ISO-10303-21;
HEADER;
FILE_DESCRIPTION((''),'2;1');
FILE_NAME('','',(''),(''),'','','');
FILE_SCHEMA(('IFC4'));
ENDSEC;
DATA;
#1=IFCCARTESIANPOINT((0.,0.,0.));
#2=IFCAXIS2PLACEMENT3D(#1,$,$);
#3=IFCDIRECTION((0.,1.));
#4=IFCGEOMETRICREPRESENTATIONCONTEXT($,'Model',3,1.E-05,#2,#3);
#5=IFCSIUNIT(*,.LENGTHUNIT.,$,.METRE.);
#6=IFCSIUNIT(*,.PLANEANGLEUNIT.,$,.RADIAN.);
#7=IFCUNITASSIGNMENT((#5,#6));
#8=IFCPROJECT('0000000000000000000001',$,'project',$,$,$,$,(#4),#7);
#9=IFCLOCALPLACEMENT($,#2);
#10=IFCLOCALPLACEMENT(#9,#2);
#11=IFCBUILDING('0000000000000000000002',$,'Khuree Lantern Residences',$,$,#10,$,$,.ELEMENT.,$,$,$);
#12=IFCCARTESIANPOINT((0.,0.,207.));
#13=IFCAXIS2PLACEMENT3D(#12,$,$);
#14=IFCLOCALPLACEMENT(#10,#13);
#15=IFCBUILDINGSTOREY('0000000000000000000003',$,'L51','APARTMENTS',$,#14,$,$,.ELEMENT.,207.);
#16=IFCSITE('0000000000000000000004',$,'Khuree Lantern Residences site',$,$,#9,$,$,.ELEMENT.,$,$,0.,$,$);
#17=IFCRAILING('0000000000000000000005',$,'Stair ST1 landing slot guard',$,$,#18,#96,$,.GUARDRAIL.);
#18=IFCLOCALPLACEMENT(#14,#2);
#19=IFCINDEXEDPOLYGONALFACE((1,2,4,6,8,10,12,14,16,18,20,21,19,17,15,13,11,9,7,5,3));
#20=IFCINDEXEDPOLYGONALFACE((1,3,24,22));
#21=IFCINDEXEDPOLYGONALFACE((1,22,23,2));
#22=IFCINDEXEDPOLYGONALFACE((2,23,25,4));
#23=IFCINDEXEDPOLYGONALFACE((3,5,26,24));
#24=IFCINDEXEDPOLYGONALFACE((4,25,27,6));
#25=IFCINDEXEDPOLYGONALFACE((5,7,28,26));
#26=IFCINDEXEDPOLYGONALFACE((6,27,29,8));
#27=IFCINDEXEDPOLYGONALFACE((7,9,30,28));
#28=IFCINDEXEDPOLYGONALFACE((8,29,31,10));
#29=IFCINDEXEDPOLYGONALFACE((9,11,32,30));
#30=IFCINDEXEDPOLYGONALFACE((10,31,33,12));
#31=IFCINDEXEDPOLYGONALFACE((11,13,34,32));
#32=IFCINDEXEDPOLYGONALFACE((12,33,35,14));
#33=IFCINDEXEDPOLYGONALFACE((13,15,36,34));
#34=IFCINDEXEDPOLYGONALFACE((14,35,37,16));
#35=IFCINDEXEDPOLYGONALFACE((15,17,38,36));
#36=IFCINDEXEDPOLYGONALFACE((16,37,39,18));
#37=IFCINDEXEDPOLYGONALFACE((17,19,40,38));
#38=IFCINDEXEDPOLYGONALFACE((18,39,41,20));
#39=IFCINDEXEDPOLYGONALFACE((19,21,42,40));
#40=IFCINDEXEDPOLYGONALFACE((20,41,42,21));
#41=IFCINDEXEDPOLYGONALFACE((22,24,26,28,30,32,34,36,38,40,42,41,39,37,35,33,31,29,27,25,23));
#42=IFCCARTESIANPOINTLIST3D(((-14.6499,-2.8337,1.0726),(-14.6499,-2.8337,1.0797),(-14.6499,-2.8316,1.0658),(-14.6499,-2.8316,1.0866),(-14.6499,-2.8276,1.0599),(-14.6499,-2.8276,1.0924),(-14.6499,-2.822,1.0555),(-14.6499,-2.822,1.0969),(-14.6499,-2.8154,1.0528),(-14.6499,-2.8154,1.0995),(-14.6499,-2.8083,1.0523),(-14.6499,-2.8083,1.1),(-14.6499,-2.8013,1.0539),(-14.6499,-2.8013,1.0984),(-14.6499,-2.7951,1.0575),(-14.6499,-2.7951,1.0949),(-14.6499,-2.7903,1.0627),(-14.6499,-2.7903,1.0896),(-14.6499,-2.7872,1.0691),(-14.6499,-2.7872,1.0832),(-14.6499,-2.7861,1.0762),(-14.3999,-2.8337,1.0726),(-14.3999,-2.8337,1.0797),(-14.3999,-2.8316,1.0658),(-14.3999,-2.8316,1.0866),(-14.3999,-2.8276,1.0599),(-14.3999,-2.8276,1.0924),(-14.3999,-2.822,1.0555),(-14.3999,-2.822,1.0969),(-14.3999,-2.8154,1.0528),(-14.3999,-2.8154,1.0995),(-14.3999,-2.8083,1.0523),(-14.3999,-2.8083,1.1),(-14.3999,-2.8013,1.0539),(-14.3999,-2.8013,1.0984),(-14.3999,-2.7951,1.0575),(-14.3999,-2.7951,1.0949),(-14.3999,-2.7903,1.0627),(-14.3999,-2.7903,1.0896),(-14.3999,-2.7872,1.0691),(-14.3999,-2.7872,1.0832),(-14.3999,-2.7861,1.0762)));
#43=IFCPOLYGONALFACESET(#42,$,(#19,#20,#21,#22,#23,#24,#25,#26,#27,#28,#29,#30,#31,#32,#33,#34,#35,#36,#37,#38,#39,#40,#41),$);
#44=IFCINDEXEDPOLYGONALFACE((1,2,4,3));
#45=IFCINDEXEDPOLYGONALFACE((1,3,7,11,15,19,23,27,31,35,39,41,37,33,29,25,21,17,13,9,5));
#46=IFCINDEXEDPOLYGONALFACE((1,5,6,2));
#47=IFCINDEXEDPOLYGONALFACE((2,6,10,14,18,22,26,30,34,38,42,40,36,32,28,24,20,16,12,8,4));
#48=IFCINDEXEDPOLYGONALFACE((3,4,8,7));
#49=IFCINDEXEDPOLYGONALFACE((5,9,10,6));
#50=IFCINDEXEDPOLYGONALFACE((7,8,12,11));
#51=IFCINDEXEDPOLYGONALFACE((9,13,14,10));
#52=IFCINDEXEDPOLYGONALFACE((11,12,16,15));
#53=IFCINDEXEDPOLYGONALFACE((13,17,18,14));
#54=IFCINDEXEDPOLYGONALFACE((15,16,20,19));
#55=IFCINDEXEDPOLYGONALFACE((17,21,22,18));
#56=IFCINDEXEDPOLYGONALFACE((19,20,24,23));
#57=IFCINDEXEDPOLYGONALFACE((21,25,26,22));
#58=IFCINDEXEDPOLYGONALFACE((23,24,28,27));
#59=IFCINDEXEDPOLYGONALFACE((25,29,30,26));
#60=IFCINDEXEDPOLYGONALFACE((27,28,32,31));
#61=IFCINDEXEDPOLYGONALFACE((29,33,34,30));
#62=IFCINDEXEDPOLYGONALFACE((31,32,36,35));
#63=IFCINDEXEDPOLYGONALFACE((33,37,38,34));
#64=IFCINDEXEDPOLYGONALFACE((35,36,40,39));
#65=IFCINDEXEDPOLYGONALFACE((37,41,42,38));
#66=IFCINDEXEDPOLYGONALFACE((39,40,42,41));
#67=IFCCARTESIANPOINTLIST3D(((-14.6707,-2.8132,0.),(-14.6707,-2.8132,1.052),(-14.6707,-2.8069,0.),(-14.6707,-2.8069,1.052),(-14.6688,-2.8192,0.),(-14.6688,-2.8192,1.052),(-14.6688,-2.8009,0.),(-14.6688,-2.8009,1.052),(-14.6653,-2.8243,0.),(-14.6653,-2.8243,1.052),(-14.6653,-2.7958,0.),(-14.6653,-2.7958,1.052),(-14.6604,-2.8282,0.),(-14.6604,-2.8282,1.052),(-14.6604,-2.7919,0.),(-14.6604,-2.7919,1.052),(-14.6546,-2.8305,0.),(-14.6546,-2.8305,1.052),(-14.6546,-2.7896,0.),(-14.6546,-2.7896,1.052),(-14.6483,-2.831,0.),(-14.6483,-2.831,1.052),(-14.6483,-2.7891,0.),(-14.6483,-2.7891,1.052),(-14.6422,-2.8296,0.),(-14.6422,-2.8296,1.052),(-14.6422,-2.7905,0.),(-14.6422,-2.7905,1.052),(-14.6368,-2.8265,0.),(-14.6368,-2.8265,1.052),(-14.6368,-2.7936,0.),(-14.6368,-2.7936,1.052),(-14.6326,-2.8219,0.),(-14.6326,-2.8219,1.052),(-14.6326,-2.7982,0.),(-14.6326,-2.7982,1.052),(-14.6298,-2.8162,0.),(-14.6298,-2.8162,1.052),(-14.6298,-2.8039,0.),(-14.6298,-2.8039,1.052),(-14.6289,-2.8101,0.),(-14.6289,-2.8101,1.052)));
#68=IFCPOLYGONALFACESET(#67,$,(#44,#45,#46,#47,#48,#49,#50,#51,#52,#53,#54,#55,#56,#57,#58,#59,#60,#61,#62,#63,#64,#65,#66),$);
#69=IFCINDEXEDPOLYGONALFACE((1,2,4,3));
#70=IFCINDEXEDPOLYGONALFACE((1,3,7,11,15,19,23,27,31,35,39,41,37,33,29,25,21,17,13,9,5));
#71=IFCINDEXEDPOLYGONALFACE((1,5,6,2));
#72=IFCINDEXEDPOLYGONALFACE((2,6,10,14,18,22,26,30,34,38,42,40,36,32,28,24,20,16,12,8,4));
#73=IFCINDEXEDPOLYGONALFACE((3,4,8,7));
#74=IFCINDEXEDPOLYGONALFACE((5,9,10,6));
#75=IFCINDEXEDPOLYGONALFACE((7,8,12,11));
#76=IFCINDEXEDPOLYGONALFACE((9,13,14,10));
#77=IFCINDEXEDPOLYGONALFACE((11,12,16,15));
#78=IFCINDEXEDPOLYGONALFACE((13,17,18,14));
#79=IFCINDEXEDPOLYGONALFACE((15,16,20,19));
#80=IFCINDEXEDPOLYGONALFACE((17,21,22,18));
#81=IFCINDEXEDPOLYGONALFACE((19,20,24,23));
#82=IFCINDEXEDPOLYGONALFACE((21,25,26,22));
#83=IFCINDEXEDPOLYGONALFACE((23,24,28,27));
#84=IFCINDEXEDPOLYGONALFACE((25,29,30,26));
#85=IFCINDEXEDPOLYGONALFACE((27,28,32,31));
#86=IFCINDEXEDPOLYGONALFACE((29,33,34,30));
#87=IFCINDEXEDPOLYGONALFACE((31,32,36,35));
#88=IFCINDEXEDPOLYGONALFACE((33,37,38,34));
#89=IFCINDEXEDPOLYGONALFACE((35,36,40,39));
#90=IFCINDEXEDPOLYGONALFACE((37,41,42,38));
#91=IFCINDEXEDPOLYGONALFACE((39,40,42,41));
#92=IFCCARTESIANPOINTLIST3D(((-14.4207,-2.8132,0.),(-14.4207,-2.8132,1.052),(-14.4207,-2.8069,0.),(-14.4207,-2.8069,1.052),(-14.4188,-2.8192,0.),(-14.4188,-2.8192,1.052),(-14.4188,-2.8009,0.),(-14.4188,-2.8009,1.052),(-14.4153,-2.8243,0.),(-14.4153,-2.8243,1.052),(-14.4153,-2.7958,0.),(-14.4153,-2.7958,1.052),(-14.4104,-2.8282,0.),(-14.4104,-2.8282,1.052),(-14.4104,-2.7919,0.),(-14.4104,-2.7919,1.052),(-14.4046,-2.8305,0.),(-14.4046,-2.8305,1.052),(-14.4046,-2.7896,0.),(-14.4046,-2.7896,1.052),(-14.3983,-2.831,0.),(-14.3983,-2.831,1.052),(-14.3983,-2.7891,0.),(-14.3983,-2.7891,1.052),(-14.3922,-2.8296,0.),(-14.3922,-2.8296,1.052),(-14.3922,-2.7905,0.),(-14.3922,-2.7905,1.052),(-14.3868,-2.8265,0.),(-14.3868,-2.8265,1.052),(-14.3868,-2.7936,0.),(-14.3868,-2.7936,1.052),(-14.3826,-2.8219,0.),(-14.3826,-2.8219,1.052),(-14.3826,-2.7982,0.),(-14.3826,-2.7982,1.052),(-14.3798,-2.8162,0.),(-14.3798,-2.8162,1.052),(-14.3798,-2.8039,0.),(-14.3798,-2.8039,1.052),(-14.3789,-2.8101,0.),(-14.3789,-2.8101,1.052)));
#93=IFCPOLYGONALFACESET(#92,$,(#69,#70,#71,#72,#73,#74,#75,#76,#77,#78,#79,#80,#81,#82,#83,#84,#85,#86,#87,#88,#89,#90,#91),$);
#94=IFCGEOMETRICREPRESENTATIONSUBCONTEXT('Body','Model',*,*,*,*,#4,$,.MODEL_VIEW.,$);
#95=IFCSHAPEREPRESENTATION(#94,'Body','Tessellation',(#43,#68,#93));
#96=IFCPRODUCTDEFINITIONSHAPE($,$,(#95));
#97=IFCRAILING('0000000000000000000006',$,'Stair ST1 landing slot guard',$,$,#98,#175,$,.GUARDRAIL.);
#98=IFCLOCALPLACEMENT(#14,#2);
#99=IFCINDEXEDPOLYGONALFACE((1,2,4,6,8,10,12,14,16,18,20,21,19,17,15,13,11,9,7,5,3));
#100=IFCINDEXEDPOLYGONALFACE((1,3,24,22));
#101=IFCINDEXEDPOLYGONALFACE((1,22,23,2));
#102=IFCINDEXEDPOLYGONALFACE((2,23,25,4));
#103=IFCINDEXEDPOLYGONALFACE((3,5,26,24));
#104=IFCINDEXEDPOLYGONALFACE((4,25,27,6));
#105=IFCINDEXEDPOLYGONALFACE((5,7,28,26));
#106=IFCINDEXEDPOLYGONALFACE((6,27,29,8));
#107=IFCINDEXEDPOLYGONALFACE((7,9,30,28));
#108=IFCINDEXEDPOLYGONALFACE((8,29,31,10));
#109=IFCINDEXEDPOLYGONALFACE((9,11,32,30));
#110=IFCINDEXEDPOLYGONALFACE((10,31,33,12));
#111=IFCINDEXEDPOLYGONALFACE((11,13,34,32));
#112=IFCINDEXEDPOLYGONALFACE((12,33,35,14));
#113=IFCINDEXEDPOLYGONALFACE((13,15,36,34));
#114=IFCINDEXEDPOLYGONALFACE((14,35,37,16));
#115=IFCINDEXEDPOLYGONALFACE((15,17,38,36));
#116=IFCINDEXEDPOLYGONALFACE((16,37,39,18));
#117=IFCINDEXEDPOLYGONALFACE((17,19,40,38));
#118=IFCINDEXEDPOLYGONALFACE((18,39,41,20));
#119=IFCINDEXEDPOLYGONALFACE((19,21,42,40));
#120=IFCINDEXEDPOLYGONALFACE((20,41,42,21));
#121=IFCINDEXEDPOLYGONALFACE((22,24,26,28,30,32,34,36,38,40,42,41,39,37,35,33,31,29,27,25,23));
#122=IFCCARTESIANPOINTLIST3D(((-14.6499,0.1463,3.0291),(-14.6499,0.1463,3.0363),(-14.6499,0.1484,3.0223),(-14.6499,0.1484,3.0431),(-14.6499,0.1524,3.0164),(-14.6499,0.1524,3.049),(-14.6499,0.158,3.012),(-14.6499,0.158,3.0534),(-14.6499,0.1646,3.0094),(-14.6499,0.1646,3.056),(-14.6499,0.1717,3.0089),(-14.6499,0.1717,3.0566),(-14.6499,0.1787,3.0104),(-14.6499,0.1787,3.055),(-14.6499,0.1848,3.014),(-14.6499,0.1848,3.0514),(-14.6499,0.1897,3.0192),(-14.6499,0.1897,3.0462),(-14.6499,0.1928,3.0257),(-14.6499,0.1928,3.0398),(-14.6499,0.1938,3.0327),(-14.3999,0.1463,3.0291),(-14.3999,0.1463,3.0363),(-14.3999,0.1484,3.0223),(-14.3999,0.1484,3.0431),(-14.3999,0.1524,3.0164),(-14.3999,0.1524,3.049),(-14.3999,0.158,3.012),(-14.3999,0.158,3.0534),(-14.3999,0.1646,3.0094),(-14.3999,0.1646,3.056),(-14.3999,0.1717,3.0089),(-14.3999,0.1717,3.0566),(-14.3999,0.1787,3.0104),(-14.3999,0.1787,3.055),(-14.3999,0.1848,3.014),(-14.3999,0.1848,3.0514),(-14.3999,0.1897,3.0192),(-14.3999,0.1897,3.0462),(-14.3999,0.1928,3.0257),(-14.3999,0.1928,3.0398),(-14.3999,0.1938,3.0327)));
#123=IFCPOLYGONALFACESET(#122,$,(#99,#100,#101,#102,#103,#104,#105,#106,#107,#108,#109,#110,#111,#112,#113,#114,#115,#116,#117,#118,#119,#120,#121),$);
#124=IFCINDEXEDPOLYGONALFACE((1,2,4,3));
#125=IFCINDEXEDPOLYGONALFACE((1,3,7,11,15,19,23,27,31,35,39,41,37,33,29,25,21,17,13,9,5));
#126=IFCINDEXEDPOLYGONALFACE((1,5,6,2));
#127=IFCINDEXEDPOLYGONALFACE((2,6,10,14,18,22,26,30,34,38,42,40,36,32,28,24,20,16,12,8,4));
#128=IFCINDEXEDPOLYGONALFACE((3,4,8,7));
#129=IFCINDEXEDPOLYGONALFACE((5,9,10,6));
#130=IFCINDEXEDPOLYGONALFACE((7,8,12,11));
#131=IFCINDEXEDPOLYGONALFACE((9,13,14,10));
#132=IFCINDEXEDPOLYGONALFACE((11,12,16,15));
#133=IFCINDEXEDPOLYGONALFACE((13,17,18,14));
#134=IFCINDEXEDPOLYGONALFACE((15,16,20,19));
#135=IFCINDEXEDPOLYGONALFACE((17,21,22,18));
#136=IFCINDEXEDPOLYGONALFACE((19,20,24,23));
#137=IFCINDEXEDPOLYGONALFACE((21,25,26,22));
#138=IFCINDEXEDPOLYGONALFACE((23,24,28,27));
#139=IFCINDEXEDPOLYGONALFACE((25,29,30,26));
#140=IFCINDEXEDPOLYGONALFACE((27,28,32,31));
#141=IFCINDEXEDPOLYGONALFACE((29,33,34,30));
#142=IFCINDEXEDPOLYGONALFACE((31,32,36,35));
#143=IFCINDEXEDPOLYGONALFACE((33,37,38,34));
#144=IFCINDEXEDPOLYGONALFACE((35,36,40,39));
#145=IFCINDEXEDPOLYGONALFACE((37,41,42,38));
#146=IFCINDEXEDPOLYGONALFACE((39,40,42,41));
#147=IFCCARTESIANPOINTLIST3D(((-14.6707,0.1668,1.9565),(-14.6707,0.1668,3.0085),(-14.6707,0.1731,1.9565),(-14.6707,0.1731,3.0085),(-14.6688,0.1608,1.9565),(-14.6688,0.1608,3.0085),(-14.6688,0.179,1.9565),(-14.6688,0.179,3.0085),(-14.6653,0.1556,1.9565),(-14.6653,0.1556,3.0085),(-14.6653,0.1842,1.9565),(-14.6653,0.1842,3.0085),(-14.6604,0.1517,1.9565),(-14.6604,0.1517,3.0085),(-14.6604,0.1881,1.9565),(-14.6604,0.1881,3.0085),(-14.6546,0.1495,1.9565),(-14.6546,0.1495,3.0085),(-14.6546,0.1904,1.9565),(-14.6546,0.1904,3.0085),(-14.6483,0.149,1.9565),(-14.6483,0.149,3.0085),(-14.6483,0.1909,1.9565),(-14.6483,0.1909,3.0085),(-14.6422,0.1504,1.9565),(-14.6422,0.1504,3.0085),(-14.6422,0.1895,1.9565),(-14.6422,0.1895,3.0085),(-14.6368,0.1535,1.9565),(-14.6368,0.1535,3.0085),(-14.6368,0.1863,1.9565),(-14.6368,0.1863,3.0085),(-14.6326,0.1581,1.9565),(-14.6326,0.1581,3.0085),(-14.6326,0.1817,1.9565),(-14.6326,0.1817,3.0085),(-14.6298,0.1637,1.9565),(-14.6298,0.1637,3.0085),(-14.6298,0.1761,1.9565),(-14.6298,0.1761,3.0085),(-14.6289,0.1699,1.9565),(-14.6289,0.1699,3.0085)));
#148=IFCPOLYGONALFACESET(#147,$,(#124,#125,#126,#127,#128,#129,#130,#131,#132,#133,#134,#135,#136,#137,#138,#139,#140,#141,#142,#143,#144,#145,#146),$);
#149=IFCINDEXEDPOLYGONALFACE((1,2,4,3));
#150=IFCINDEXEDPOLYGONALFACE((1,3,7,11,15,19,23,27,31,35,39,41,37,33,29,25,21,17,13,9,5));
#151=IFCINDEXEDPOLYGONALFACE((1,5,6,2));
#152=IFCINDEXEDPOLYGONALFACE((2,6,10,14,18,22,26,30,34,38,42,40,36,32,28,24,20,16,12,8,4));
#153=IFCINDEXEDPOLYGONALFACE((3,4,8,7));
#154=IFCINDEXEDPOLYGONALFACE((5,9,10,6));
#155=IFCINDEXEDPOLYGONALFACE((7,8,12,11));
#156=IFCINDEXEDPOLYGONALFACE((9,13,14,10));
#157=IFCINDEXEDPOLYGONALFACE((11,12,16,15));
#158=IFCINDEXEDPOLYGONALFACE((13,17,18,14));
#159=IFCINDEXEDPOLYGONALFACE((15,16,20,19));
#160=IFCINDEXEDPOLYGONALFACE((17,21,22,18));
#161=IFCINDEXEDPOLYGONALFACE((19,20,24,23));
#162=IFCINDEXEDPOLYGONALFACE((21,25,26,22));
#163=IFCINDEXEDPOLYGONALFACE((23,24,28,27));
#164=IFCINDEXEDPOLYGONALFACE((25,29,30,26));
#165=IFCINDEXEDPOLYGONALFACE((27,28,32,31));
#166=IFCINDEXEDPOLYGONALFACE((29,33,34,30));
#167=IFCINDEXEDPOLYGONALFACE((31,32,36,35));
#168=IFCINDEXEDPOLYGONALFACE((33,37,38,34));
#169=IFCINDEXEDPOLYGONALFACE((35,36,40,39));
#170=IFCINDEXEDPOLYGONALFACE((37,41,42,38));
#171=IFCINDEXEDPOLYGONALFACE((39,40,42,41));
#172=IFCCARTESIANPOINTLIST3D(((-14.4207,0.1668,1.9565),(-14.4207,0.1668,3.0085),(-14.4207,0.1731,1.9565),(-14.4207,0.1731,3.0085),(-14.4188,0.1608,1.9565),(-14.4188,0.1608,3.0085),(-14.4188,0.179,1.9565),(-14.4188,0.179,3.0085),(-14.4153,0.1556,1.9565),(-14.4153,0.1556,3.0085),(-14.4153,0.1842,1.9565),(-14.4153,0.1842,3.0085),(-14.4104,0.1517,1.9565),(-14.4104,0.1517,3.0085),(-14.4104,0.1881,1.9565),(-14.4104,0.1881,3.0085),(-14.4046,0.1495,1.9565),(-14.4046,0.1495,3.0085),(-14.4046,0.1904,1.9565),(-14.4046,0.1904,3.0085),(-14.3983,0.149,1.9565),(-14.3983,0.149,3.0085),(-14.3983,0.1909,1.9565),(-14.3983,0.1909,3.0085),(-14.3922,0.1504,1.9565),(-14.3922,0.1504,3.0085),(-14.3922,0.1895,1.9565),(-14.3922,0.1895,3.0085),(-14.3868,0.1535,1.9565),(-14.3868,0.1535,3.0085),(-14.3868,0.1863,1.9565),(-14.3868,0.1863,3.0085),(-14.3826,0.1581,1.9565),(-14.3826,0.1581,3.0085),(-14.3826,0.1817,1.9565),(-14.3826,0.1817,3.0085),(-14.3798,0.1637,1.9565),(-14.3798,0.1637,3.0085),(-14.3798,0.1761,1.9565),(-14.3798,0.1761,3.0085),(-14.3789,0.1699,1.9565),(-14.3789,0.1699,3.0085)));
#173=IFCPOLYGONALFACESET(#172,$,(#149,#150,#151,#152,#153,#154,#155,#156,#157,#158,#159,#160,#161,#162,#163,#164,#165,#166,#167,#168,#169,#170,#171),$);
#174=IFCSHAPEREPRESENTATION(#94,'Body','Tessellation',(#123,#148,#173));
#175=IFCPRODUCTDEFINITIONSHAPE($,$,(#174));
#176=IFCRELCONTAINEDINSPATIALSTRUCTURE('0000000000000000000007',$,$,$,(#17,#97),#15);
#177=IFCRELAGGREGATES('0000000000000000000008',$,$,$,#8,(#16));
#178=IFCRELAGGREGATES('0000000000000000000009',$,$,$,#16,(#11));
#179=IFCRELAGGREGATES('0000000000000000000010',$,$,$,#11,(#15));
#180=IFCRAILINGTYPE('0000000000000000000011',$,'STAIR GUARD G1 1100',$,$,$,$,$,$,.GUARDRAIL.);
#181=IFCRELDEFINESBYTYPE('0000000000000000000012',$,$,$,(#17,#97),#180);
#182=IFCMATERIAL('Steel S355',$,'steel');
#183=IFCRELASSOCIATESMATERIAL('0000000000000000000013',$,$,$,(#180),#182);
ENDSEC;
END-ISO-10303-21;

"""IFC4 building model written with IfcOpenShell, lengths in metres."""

from ifc_helpers import new_model, si_unit, direction, frame, origin, origin_2d, place, context, subcontext, project, spatial, circle, extrude, material, type_object, element, save


model = new_model("IFC4")

# Units and contexts
model_context = context("Model", 3, precision=1e-05, world=origin(), true_north=direction((0.0, 1.0)))
body_context = subcontext(model_context, "Body", "Model", "MODEL_VIEW")
ifc_project = project(units=[si_unit("LENGTHUNIT", "METRE"), si_unit("PLANEANGLEUNIT", "RADIAN")], contexts=[model_context])

# Site, building, storey
site_placement = place(None, origin())
site = spatial("IfcSite", under=ifc_project, at=site_placement, Name="Khuree Lantern Residences site", CompositionType="ELEMENT", RefElevation=0.0)
building_placement = place(site_placement, origin())
building = spatial("IfcBuilding", under=site, at=building_placement, Name="Khuree Lantern Residences", CompositionType="ELEMENT")
storey_placement = place(building_placement, frame((0.0, 0.0, 207.0)))
storey = spatial("IfcBuildingStorey", under=building, at=storey_placement, Name="L51", Description="APARTMENTS", CompositionType="ELEMENT", Elevation=207.0)

# Railings
ifc_material_1 = material(Name="Steel S355", Category="steel")
railing_type = type_object("IfcRailingType", Name="STAIR GUARD G1 1100", PredefinedType="GUARDRAIL", material=ifc_material_1)
for number, where, name in (
    (1, (-14.6499, -2.8101, 0.0), "Stair ST1 landing slot guard"),
    (2, (-14.6499, 0.1699, 1.9565), "Stair ST1 landing slot guard"),
):
    element("IfcRailing", number, at=place(storey_placement, frame(where)), inside=storey, type_object=railing_type, Name=name, PredefinedType="GUARDRAIL", context=body_context, shape_type="SweptSolid", body=[
        extrude(circle(Radius=0.0239, at=origin_2d()), frame((0.0, 0.0, 1.0762), z_axis=(1.0, 0.0, 0.0), x_axis=(0.0, 1.0, 0.0)), (0.0, 0.0, 1.0), 0.25),
        extrude(circle(Radius=0.021, at=origin_2d()), origin(), (0.0, 0.0, 1.0), 1.052),
        extrude(circle(Radius=0.021, at=origin_2d()), frame((0.25, 0.0, 0.0)), (0.0, 0.0, 1.0), 1.052),
    ])

save(model, "model.ifc")
